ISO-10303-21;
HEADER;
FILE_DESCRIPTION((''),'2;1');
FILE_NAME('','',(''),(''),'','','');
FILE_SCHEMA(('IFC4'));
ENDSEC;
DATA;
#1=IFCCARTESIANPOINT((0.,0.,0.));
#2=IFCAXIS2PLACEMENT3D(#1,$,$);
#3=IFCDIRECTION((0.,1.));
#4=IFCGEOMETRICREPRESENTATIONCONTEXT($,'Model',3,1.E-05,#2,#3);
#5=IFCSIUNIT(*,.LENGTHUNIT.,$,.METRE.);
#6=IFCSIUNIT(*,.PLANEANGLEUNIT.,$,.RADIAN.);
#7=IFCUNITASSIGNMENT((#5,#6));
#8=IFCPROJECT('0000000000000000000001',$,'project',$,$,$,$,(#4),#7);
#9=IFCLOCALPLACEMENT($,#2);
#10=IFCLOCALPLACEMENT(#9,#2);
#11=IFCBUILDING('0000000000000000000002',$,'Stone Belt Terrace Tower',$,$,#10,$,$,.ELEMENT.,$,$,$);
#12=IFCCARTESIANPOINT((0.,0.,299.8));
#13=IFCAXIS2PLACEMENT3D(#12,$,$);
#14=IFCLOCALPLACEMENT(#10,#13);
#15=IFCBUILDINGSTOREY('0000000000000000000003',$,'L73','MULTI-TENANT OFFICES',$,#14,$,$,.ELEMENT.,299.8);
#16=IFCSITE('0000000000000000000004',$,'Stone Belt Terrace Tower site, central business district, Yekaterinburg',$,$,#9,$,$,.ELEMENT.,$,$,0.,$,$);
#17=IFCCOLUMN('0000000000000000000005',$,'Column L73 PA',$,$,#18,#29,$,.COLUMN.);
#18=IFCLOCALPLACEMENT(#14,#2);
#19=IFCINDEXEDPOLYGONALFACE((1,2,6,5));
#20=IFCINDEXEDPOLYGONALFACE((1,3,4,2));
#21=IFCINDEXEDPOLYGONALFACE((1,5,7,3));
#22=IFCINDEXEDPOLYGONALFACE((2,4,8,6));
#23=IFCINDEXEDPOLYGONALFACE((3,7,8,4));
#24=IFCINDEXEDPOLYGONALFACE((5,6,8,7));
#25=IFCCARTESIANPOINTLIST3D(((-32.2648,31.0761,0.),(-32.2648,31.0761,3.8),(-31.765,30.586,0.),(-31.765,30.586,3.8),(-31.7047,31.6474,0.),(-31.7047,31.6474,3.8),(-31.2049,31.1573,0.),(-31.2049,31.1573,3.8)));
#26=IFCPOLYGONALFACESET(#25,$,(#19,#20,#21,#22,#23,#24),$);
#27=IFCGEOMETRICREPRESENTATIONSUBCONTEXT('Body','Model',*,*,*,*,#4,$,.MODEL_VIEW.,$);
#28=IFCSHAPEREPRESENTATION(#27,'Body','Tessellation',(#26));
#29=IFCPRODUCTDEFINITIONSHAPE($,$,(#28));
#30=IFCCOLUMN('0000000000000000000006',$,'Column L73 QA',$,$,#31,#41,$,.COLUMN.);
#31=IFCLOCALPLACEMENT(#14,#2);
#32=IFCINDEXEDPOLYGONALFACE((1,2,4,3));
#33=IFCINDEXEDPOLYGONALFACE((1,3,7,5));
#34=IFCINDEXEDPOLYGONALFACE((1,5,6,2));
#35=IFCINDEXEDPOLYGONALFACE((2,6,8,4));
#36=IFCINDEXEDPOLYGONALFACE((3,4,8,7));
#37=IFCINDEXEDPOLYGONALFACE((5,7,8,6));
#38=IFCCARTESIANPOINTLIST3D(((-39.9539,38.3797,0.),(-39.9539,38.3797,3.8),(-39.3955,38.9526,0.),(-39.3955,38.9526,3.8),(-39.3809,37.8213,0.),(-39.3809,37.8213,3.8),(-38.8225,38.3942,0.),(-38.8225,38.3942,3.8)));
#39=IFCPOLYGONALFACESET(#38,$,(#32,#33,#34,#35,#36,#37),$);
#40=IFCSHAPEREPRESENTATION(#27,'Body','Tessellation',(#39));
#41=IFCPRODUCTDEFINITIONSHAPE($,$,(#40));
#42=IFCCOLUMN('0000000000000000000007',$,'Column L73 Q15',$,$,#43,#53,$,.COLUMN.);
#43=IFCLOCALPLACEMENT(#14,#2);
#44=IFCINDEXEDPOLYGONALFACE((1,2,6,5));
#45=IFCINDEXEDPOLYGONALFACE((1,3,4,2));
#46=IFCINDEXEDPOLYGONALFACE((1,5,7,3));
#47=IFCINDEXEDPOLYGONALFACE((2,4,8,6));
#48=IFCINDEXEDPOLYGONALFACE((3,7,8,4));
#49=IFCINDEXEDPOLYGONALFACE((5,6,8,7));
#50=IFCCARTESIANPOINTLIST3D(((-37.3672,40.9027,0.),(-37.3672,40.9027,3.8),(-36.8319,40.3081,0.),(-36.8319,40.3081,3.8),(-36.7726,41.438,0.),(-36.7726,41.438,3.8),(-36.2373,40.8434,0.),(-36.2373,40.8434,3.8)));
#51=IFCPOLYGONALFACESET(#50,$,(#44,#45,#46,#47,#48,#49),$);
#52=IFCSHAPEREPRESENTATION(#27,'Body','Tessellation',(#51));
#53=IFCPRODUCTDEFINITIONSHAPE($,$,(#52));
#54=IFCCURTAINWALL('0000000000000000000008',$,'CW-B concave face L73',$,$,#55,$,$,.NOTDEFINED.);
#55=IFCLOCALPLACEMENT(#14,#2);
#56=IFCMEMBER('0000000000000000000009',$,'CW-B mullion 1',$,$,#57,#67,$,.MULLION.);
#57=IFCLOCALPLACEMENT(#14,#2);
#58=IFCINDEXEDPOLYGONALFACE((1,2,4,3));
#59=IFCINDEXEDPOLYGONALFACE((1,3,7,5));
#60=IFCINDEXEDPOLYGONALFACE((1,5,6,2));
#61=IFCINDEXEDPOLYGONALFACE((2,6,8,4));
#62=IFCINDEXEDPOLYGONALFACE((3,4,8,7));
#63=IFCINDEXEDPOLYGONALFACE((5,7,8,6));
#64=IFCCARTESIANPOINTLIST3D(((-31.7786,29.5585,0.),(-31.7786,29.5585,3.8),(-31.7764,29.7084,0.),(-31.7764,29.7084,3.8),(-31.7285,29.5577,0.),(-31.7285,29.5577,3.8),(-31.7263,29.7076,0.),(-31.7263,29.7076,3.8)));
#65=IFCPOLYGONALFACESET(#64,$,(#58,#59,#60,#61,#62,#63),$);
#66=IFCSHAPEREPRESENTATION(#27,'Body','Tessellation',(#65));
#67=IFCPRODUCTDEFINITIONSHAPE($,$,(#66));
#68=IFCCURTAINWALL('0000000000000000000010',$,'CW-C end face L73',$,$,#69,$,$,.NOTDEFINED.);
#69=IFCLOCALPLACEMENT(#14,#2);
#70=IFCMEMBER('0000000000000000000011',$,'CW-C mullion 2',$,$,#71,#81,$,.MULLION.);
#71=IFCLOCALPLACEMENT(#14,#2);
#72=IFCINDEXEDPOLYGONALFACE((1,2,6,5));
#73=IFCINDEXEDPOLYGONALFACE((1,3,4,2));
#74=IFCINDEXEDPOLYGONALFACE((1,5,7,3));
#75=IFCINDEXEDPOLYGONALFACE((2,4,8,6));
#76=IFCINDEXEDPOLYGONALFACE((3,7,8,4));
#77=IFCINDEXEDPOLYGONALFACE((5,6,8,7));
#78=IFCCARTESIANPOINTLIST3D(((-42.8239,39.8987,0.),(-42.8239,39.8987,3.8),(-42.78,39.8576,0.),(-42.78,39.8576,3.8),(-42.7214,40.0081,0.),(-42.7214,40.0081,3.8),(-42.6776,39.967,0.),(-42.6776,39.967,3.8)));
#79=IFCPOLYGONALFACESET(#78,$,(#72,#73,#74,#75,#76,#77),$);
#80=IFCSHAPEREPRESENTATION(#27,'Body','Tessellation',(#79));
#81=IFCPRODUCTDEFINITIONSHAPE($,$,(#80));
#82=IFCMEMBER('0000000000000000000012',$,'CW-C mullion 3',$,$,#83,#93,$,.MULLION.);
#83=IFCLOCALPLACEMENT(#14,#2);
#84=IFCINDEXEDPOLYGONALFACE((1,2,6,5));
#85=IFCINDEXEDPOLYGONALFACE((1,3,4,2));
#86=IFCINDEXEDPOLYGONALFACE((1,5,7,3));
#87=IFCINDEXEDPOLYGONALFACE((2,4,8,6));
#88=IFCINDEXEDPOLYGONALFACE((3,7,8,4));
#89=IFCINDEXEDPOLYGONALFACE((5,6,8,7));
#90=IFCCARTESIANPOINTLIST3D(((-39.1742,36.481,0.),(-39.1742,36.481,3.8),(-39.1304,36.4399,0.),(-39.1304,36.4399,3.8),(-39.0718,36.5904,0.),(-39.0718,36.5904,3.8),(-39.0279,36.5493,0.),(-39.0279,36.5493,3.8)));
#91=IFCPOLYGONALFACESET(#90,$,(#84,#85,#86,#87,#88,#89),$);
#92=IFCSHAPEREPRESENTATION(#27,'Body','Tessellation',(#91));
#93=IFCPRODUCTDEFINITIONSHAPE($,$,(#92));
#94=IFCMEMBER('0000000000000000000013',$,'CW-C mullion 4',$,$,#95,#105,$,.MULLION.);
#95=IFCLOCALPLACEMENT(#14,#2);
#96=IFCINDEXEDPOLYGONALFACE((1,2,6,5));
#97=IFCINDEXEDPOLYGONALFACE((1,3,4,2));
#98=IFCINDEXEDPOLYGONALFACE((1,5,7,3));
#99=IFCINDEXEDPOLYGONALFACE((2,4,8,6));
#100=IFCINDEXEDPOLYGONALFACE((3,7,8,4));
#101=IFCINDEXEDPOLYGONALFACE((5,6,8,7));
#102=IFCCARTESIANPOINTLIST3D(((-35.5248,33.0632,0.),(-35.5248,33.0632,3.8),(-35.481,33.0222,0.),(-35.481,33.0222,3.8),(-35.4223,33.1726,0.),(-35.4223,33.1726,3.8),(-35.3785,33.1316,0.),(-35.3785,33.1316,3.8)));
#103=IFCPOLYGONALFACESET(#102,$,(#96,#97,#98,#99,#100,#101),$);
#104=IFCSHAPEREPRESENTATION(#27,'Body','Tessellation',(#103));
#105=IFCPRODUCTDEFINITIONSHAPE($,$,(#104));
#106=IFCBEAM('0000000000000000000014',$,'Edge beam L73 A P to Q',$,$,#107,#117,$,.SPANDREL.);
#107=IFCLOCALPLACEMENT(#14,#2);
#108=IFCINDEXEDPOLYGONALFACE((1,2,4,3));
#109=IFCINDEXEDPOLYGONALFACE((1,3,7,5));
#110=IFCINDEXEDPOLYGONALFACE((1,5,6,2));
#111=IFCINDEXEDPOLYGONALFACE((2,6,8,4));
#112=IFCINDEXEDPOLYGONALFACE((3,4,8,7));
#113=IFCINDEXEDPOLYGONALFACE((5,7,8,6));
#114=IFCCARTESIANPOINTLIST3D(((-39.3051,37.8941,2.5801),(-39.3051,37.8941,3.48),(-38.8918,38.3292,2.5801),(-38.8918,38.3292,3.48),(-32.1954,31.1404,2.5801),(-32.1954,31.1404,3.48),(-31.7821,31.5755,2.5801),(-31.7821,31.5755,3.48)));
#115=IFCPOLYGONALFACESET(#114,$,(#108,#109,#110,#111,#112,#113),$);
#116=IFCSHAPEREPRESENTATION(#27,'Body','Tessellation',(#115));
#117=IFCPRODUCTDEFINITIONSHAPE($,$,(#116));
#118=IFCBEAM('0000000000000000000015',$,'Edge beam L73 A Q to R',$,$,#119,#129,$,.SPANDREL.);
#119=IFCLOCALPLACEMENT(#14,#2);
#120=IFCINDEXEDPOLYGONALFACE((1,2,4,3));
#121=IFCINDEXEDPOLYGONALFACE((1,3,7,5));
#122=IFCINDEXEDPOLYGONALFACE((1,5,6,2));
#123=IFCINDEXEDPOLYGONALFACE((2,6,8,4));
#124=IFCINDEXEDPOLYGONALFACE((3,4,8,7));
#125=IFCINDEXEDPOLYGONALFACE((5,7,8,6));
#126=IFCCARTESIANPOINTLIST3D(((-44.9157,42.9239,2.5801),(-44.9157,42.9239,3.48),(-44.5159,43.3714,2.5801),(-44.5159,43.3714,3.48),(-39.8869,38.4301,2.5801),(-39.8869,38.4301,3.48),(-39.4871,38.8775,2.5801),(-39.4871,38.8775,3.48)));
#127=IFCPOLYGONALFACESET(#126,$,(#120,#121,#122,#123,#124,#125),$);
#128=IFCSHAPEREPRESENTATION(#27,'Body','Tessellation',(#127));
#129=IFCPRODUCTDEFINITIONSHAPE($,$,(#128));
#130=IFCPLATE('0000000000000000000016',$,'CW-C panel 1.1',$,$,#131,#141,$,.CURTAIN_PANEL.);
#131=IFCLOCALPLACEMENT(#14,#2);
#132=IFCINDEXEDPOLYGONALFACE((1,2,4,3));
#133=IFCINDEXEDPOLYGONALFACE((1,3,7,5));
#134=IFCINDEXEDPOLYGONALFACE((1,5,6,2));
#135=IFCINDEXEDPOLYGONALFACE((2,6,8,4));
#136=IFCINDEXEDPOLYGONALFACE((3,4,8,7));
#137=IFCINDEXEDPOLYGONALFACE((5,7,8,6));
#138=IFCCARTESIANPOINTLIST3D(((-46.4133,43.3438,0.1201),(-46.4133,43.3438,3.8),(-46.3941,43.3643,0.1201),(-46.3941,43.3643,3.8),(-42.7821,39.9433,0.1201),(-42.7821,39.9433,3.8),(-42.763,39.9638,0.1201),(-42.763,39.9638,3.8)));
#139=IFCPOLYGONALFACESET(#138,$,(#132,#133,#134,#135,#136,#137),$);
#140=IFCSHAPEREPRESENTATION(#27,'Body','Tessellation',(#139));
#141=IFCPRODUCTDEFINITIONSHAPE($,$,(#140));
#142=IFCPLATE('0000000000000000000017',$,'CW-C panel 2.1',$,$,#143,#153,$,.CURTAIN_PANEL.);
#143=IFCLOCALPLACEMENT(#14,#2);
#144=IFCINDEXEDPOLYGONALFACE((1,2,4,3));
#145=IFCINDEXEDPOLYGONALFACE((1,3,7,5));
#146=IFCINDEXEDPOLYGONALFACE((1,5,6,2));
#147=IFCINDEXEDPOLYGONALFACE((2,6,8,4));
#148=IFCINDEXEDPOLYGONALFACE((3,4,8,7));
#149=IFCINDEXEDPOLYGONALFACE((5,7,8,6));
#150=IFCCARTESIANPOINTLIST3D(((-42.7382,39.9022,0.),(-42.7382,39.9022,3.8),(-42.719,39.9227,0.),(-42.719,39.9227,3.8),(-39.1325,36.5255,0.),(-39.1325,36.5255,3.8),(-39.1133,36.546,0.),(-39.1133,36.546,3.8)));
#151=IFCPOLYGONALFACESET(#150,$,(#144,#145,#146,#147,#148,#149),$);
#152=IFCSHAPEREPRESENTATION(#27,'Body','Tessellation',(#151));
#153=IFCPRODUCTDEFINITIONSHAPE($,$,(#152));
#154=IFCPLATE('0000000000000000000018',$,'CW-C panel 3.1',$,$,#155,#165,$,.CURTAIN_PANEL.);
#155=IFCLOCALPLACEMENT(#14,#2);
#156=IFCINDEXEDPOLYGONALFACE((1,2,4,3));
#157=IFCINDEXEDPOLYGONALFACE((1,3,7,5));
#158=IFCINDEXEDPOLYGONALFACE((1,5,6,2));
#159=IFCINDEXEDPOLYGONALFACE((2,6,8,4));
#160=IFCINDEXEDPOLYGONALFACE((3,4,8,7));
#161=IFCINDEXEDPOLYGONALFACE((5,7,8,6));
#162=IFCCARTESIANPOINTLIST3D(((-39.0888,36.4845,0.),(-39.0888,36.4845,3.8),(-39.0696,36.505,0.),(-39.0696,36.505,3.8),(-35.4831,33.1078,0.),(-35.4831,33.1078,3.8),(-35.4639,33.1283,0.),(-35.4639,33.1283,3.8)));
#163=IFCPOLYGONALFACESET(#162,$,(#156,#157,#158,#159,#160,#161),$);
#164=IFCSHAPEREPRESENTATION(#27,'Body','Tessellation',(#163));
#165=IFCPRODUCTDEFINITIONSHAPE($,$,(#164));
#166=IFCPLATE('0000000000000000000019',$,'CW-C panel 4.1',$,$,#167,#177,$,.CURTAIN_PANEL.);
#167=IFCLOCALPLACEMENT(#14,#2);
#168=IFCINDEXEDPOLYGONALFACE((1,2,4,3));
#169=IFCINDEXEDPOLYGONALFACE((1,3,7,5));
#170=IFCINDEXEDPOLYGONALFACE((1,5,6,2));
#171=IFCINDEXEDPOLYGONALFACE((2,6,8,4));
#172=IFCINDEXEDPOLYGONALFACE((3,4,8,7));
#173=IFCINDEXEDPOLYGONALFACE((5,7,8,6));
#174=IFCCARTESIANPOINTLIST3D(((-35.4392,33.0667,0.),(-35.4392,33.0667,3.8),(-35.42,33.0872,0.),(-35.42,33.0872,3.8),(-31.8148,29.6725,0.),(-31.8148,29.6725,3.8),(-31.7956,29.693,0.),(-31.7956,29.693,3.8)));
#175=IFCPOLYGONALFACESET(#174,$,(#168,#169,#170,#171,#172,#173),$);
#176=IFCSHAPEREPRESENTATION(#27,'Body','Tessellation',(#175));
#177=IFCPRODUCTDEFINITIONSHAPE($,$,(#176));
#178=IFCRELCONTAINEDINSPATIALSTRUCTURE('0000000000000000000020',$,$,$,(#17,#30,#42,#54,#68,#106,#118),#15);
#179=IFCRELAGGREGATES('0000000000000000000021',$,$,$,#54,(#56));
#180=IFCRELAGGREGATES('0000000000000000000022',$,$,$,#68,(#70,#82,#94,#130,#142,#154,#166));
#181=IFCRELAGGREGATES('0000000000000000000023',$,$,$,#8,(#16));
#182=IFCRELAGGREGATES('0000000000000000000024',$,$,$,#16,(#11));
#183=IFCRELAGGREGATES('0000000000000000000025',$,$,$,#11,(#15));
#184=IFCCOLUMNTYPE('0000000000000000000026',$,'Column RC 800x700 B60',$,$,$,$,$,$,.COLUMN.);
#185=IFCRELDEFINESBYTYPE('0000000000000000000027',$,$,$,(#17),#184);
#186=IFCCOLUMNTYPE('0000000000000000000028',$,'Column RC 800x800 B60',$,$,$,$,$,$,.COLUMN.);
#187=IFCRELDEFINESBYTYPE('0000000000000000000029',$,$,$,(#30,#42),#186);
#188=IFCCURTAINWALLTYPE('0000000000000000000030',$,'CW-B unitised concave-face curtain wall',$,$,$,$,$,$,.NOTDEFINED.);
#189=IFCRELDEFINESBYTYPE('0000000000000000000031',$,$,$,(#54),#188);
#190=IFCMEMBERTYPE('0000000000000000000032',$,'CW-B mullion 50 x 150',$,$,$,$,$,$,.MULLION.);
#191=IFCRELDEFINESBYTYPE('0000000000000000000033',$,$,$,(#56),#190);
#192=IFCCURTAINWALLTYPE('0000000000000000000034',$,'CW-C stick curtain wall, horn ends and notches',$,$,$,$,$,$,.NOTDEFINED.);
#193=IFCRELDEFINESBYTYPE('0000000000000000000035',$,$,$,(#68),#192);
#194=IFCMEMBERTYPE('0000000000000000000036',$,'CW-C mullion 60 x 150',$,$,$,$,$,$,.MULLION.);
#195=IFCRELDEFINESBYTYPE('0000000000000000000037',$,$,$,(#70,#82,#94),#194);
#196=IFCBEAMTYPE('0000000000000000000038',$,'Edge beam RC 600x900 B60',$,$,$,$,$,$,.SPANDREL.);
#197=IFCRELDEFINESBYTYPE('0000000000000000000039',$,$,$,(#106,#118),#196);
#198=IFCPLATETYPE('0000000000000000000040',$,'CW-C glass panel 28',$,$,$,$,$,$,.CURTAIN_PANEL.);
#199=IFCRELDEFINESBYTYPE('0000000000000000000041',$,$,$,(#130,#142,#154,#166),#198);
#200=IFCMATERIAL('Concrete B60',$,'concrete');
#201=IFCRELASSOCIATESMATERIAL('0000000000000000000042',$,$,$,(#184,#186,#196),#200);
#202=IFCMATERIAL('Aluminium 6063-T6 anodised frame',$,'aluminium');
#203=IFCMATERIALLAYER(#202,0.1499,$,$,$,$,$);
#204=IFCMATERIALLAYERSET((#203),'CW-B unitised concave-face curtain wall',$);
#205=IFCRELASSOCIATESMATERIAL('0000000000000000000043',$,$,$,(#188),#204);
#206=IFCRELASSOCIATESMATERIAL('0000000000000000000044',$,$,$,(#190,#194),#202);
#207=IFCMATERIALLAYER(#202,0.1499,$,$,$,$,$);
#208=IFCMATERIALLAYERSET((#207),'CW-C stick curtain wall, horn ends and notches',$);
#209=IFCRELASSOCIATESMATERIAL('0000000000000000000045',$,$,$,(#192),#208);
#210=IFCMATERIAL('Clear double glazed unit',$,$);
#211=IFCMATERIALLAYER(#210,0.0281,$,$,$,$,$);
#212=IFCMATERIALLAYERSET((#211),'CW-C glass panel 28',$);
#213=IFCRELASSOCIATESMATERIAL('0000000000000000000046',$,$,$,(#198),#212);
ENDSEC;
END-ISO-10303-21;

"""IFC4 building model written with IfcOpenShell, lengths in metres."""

from ifc_helpers import new_model, si_unit, direction, frame, origin, origin_2d, place, context, subcontext, project, spatial, rectangle, extrude, material, layer, layer_set, material_profile, profile_set, type_object, element, aggregate, save


model = new_model("IFC4")

# Units and contexts
model_context = context("Model", 3, precision=1e-05, world=origin(), true_north=direction((0.0, 1.0)))
body_context = subcontext(model_context, "Body", "Model", "MODEL_VIEW")
ifc_project = project(units=[si_unit("LENGTHUNIT", "METRE"), si_unit("PLANEANGLEUNIT", "RADIAN")], contexts=[model_context])

# Site, building, storey
site_placement = place(None, origin())
site = spatial("IfcSite", under=ifc_project, at=site_placement, Name="Stone Belt Terrace Tower site, central business district, Yekaterinburg", CompositionType="ELEMENT", RefElevation=0.0)
building_placement = place(site_placement, origin())
building = spatial("IfcBuilding", under=site, at=building_placement, Name="Stone Belt Terrace Tower", CompositionType="ELEMENT")
storey_placement = place(building_placement, frame((0.0, 0.0, 299.8)))
storey = spatial("IfcBuildingStorey", under=building, at=storey_placement, Name="L73", Description="MULTI-TENANT OFFICES", CompositionType="ELEMENT", Elevation=299.8)

# Columns
ifc_material_1 = material(Name="Concrete B60", Category="concrete")
ifc_material_profile_1 = material_profile(ifc_material_1, rectangle(XDim=0.8, YDim=0.7, at=origin_2d()), Name="RC 800x700")
ifc_profile_set_1 = profile_set([ifc_material_profile_1], Name="Concrete B60")
column_type_1 = type_object("IfcColumnType", Name="Column RC 800x700 B60", PredefinedType="COLUMN", material=ifc_profile_set_1)
column_placement = place(storey_placement, frame((-31.7349, 31.1167, 0.0), z_axis=(0.0, 0.0, 1.0), x_axis=(0.70012, 0.714026, 0.0)))
element("IfcColumn", 1, at=column_placement, inside=storey, type_object=column_type_1, Name="Column L73 PA", PredefinedType="COLUMN", context=body_context, shape_type="SweptSolid", body=[
    extrude(rectangle(XDim=0.8, YDim=0.7, at=origin_2d()), origin(), (0.0, 0.0, 1.0), 3.8),
])
ifc_material_profile_2 = material_profile(ifc_material_1, rectangle(XDim=0.8, YDim=0.8, at=origin_2d()), Name="RC 800x800")
ifc_profile_set_2 = profile_set([ifc_material_profile_2], Name="Concrete B60")
column_type_2 = type_object("IfcColumnType", Name="Column RC 800x800 B60", PredefinedType="COLUMN", material=ifc_profile_set_2)
for number, where, z_axis, x_axis, name in (
    (2, (-39.3882, 38.387, 0.0), (0.0, 0.0, 1.0), (0.697944, 0.716152, 0.0), "Column L73 QA"),
    (3, (-36.8022, 40.873, 0.0), (0.0, 0.0, 1.0), (0.743145, 0.669131, 0.0), "Column L73 Q15"),
):
    element("IfcColumn", number, at=place(storey_placement, frame(where, z_axis=z_axis, x_axis=x_axis)), inside=storey, type_object=column_type_2, Name=name, PredefinedType="COLUMN", context=body_context, shape_type="SweptSolid", body=[
        extrude(rectangle(XDim=0.8, YDim=0.8, at=origin_2d()), origin(), (0.0, 0.0, 1.0), 3.8),
    ])

# Curtain wall, member
ifc_material_2 = material(Name="Aluminium 6063-T6 anodised frame", Category="aluminium")
ifc_layer_1 = layer(ifc_material_2, 0.1499)
ifc_layer_set_1 = layer_set([ifc_layer_1], Name="CW-B unitised concave-face curtain wall")
curtain_wall_type_1 = type_object("IfcCurtainWallType", Name="CW-B unitised concave-face curtain wall", PredefinedType="NOTDEFINED", material=ifc_layer_set_1)
curtain_wall_1_placement = place(storey_placement, origin())
curtain_wall_1 = element("IfcCurtainWall", 4, at=curtain_wall_1_placement, inside=storey, type_object=curtain_wall_type_1, Name="CW-B concave face L73", PredefinedType="NOTDEFINED")
ifc_material_profile_3 = material_profile(ifc_material_2, rectangle(XDim=0.1499, YDim=0.05, at=origin_2d()), Name="Aluminium 6063-T6 50x150")
ifc_profile_set_3 = profile_set([ifc_material_profile_3], Name="Aluminium 6063-T6 anodised frame")
member_type_1 = type_object("IfcMemberType", Name="CW-B mullion 50 x 150", PredefinedType="MULLION", material=ifc_profile_set_3)
member_1_placement = place(storey_placement, frame((-31.7524, 29.6331, 0.0), z_axis=(0.0, 0.0, 1.0), x_axis=(0.014682, 0.999892, 0.0)))
member_1 = element("IfcMember", 5, at=member_1_placement, type_object=member_type_1, Name="CW-B mullion 1", PredefinedType="MULLION", context=body_context, shape_type="SweptSolid", body=[
    extrude(rectangle(XDim=0.1499, YDim=0.05, at=origin_2d()), origin(), (0.0, 0.0, 1.0), 3.8),
])
aggregate(curtain_wall_1, [member_1])

# Curtain wall, members
ifc_layer_2 = layer(ifc_material_2, 0.1499)
ifc_layer_set_2 = layer_set([ifc_layer_2], Name="CW-C stick curtain wall, horn ends and notches")
curtain_wall_type_2 = type_object("IfcCurtainWallType", Name="CW-C stick curtain wall, horn ends and notches", PredefinedType="NOTDEFINED", material=ifc_layer_set_2)
curtain_wall_2_placement = place(storey_placement, origin())
curtain_wall_2 = element("IfcCurtainWall", 6, at=curtain_wall_2_placement, inside=storey, type_object=curtain_wall_type_2, Name="CW-C end face L73", PredefinedType="NOTDEFINED")
ifc_material_profile_4 = material_profile(ifc_material_2, rectangle(XDim=0.1499, YDim=0.0601, at=origin_2d()), Name="Aluminium 6063-T6 60x150")
ifc_profile_set_4 = profile_set([ifc_material_profile_4], Name="Aluminium 6063-T6 anodised frame")
member_type_2 = type_object("IfcMemberType", Name="CW-C mullion 60 x 150", PredefinedType="MULLION", material=ifc_profile_set_4)
member_2_placement = place(storey_placement, frame((-42.7507, 39.9329, 0.0), z_axis=(0.0, 0.0, 1.0), x_axis=(0.683549, 0.729904, 0.0)))
member_2 = element("IfcMember", 7, at=member_2_placement, type_object=member_type_2, Name="CW-C mullion 2", PredefinedType="MULLION", context=body_context, shape_type="SweptSolid", body=[
    extrude(rectangle(XDim=0.1499, YDim=0.0601, at=origin_2d()), origin(), (0.0, 0.0, 1.0), 3.8),
])
member_3_placement = place(storey_placement, frame((-39.1011, 36.5151, 0.0), z_axis=(0.0, 0.0, 1.0), x_axis=(0.683549, 0.729904, 0.0)))
member_3 = element("IfcMember", 8, at=member_3_placement, type_object=member_type_2, Name="CW-C mullion 3", PredefinedType="MULLION", context=body_context, shape_type="SweptSolid", body=[
    extrude(rectangle(XDim=0.1499, YDim=0.0601, at=origin_2d()), origin(), (0.0, 0.0, 1.0), 3.8),
])
member_4_placement = place(storey_placement, frame((-35.4517, 33.0974, 0.0), z_axis=(0.0, 0.0, 1.0), x_axis=(0.683549, 0.729904, 0.0)))
member_4 = element("IfcMember", 9, at=member_4_placement, type_object=member_type_2, Name="CW-C mullion 4", PredefinedType="MULLION", context=body_context, shape_type="SweptSolid", body=[
    extrude(rectangle(XDim=0.1499, YDim=0.0601, at=origin_2d()), origin(), (0.0, 0.0, 1.0), 3.8),
])

# Beams
ifc_material_profile_5 = material_profile(ifc_material_1, rectangle(XDim=0.6001, YDim=0.8999, at=origin_2d()), Name="RC 600x900")
ifc_profile_set_5 = profile_set([ifc_material_profile_5], Name="Concrete B60")
beam_type = type_object("IfcBeamType", Name="Edge beam RC 600x900 B60", PredefinedType="SPANDREL", material=ifc_profile_set_5)
beam_1_placement = place(storey_placement, frame((-31.9888, 31.3579, 3.03), z_axis=(-0.725024, 0.688724, 0.0), x_axis=(-0.688724, -0.725024, 0.0)))
element("IfcBeam", 10, at=beam_1_placement, inside=storey, type_object=beam_type, Name="Edge beam L73 A P to Q", PredefinedType="SPANDREL", context=body_context, shape_type="SweptSolid", body=[
    extrude(rectangle(XDim=0.6001, YDim=0.8999, at=origin_2d()), origin(), (0.0, 0.0, 1.0), 9.8062),
])
beam_2_placement = place(storey_placement, frame((-39.687, 38.6538, 3.03), z_axis=(-0.745651, 0.666337, 0.0), x_axis=(-0.666337, -0.745651, 0.0)))
element("IfcBeam", 11, at=beam_2_placement, inside=storey, type_object=beam_type, Name="Edge beam L73 A Q to R", PredefinedType="SPANDREL", context=body_context, shape_type="SweptSolid", body=[
    extrude(rectangle(XDim=0.6001, YDim=0.8999, at=origin_2d()), origin(), (0.0, 0.0, 1.0), 6.7441),
])

# Plates
ifc_material_3 = material(Name="Clear double glazed unit")
ifc_layer_3 = layer(ifc_material_3, 0.0281)
ifc_layer_set_3 = layer_set([ifc_layer_3], Name="CW-C glass panel 28")
plate_type = type_object("IfcPlateType", Name="CW-C glass panel 28", PredefinedType="CURTAIN_PANEL", material=ifc_layer_set_3)
plate_1_placement = place(storey_placement, frame((-44.5881, 41.6538, 0.1201), z_axis=(0.0, 0.0, 1.0), x_axis=(0.729904, -0.683549, 0.0)))
plate_1 = element("IfcPlate", 12, at=plate_1_placement, type_object=plate_type, Name="CW-C panel 1.1", PredefinedType="CURTAIN_PANEL", context=body_context, shape_type="SweptSolid", body=[
    extrude(rectangle(XDim=4.9749, YDim=0.0281, at=origin_2d()), origin(), (0.0, 0.0, 1.0), 3.6799),
])
plate_2_placement = place(storey_placement, frame((-40.9258, 38.2241, 0.0), z_axis=(0.0, 0.0, 1.0), x_axis=(0.729904, -0.683549, 0.0)))
plate_2 = element("IfcPlate", 13, at=plate_2_placement, type_object=plate_type, Name="CW-C panel 2.1", PredefinedType="CURTAIN_PANEL", context=body_context, shape_type="SweptSolid", body=[
    extrude(rectangle(XDim=4.9399, YDim=0.0281, at=origin_2d()), origin(), (0.0, 0.0, 1.0), 3.8),
])
plate_3_placement = place(storey_placement, frame((-37.2764, 34.8064, 0.0), z_axis=(0.0, 0.0, 1.0), x_axis=(0.729904, -0.683549, 0.0)))
plate_3 = element("IfcPlate", 14, at=plate_3_placement, type_object=plate_type, Name="CW-C panel 3.1", PredefinedType="CURTAIN_PANEL", context=body_context, shape_type="SweptSolid", body=[
    extrude(rectangle(XDim=4.9399, YDim=0.0281, at=origin_2d()), origin(), (0.0, 0.0, 1.0), 3.8),
])
plate_4_placement = place(storey_placement, frame((-33.6174, 31.3799, 0.0), z_axis=(0.0, 0.0, 1.0), x_axis=(0.729904, -0.683549, 0.0)))
plate_4 = element("IfcPlate", 15, at=plate_4_placement, type_object=plate_type, Name="CW-C panel 4.1", PredefinedType="CURTAIN_PANEL", context=body_context, shape_type="SweptSolid", body=[
    extrude(rectangle(XDim=4.9656, YDim=0.0281, at=origin_2d()), origin(), (0.0, 0.0, 1.0), 3.8),
])
aggregate(curtain_wall_2, [member_2, member_3, member_4, plate_1, plate_2, plate_3, plate_4])

save(model, "model.ifc")
